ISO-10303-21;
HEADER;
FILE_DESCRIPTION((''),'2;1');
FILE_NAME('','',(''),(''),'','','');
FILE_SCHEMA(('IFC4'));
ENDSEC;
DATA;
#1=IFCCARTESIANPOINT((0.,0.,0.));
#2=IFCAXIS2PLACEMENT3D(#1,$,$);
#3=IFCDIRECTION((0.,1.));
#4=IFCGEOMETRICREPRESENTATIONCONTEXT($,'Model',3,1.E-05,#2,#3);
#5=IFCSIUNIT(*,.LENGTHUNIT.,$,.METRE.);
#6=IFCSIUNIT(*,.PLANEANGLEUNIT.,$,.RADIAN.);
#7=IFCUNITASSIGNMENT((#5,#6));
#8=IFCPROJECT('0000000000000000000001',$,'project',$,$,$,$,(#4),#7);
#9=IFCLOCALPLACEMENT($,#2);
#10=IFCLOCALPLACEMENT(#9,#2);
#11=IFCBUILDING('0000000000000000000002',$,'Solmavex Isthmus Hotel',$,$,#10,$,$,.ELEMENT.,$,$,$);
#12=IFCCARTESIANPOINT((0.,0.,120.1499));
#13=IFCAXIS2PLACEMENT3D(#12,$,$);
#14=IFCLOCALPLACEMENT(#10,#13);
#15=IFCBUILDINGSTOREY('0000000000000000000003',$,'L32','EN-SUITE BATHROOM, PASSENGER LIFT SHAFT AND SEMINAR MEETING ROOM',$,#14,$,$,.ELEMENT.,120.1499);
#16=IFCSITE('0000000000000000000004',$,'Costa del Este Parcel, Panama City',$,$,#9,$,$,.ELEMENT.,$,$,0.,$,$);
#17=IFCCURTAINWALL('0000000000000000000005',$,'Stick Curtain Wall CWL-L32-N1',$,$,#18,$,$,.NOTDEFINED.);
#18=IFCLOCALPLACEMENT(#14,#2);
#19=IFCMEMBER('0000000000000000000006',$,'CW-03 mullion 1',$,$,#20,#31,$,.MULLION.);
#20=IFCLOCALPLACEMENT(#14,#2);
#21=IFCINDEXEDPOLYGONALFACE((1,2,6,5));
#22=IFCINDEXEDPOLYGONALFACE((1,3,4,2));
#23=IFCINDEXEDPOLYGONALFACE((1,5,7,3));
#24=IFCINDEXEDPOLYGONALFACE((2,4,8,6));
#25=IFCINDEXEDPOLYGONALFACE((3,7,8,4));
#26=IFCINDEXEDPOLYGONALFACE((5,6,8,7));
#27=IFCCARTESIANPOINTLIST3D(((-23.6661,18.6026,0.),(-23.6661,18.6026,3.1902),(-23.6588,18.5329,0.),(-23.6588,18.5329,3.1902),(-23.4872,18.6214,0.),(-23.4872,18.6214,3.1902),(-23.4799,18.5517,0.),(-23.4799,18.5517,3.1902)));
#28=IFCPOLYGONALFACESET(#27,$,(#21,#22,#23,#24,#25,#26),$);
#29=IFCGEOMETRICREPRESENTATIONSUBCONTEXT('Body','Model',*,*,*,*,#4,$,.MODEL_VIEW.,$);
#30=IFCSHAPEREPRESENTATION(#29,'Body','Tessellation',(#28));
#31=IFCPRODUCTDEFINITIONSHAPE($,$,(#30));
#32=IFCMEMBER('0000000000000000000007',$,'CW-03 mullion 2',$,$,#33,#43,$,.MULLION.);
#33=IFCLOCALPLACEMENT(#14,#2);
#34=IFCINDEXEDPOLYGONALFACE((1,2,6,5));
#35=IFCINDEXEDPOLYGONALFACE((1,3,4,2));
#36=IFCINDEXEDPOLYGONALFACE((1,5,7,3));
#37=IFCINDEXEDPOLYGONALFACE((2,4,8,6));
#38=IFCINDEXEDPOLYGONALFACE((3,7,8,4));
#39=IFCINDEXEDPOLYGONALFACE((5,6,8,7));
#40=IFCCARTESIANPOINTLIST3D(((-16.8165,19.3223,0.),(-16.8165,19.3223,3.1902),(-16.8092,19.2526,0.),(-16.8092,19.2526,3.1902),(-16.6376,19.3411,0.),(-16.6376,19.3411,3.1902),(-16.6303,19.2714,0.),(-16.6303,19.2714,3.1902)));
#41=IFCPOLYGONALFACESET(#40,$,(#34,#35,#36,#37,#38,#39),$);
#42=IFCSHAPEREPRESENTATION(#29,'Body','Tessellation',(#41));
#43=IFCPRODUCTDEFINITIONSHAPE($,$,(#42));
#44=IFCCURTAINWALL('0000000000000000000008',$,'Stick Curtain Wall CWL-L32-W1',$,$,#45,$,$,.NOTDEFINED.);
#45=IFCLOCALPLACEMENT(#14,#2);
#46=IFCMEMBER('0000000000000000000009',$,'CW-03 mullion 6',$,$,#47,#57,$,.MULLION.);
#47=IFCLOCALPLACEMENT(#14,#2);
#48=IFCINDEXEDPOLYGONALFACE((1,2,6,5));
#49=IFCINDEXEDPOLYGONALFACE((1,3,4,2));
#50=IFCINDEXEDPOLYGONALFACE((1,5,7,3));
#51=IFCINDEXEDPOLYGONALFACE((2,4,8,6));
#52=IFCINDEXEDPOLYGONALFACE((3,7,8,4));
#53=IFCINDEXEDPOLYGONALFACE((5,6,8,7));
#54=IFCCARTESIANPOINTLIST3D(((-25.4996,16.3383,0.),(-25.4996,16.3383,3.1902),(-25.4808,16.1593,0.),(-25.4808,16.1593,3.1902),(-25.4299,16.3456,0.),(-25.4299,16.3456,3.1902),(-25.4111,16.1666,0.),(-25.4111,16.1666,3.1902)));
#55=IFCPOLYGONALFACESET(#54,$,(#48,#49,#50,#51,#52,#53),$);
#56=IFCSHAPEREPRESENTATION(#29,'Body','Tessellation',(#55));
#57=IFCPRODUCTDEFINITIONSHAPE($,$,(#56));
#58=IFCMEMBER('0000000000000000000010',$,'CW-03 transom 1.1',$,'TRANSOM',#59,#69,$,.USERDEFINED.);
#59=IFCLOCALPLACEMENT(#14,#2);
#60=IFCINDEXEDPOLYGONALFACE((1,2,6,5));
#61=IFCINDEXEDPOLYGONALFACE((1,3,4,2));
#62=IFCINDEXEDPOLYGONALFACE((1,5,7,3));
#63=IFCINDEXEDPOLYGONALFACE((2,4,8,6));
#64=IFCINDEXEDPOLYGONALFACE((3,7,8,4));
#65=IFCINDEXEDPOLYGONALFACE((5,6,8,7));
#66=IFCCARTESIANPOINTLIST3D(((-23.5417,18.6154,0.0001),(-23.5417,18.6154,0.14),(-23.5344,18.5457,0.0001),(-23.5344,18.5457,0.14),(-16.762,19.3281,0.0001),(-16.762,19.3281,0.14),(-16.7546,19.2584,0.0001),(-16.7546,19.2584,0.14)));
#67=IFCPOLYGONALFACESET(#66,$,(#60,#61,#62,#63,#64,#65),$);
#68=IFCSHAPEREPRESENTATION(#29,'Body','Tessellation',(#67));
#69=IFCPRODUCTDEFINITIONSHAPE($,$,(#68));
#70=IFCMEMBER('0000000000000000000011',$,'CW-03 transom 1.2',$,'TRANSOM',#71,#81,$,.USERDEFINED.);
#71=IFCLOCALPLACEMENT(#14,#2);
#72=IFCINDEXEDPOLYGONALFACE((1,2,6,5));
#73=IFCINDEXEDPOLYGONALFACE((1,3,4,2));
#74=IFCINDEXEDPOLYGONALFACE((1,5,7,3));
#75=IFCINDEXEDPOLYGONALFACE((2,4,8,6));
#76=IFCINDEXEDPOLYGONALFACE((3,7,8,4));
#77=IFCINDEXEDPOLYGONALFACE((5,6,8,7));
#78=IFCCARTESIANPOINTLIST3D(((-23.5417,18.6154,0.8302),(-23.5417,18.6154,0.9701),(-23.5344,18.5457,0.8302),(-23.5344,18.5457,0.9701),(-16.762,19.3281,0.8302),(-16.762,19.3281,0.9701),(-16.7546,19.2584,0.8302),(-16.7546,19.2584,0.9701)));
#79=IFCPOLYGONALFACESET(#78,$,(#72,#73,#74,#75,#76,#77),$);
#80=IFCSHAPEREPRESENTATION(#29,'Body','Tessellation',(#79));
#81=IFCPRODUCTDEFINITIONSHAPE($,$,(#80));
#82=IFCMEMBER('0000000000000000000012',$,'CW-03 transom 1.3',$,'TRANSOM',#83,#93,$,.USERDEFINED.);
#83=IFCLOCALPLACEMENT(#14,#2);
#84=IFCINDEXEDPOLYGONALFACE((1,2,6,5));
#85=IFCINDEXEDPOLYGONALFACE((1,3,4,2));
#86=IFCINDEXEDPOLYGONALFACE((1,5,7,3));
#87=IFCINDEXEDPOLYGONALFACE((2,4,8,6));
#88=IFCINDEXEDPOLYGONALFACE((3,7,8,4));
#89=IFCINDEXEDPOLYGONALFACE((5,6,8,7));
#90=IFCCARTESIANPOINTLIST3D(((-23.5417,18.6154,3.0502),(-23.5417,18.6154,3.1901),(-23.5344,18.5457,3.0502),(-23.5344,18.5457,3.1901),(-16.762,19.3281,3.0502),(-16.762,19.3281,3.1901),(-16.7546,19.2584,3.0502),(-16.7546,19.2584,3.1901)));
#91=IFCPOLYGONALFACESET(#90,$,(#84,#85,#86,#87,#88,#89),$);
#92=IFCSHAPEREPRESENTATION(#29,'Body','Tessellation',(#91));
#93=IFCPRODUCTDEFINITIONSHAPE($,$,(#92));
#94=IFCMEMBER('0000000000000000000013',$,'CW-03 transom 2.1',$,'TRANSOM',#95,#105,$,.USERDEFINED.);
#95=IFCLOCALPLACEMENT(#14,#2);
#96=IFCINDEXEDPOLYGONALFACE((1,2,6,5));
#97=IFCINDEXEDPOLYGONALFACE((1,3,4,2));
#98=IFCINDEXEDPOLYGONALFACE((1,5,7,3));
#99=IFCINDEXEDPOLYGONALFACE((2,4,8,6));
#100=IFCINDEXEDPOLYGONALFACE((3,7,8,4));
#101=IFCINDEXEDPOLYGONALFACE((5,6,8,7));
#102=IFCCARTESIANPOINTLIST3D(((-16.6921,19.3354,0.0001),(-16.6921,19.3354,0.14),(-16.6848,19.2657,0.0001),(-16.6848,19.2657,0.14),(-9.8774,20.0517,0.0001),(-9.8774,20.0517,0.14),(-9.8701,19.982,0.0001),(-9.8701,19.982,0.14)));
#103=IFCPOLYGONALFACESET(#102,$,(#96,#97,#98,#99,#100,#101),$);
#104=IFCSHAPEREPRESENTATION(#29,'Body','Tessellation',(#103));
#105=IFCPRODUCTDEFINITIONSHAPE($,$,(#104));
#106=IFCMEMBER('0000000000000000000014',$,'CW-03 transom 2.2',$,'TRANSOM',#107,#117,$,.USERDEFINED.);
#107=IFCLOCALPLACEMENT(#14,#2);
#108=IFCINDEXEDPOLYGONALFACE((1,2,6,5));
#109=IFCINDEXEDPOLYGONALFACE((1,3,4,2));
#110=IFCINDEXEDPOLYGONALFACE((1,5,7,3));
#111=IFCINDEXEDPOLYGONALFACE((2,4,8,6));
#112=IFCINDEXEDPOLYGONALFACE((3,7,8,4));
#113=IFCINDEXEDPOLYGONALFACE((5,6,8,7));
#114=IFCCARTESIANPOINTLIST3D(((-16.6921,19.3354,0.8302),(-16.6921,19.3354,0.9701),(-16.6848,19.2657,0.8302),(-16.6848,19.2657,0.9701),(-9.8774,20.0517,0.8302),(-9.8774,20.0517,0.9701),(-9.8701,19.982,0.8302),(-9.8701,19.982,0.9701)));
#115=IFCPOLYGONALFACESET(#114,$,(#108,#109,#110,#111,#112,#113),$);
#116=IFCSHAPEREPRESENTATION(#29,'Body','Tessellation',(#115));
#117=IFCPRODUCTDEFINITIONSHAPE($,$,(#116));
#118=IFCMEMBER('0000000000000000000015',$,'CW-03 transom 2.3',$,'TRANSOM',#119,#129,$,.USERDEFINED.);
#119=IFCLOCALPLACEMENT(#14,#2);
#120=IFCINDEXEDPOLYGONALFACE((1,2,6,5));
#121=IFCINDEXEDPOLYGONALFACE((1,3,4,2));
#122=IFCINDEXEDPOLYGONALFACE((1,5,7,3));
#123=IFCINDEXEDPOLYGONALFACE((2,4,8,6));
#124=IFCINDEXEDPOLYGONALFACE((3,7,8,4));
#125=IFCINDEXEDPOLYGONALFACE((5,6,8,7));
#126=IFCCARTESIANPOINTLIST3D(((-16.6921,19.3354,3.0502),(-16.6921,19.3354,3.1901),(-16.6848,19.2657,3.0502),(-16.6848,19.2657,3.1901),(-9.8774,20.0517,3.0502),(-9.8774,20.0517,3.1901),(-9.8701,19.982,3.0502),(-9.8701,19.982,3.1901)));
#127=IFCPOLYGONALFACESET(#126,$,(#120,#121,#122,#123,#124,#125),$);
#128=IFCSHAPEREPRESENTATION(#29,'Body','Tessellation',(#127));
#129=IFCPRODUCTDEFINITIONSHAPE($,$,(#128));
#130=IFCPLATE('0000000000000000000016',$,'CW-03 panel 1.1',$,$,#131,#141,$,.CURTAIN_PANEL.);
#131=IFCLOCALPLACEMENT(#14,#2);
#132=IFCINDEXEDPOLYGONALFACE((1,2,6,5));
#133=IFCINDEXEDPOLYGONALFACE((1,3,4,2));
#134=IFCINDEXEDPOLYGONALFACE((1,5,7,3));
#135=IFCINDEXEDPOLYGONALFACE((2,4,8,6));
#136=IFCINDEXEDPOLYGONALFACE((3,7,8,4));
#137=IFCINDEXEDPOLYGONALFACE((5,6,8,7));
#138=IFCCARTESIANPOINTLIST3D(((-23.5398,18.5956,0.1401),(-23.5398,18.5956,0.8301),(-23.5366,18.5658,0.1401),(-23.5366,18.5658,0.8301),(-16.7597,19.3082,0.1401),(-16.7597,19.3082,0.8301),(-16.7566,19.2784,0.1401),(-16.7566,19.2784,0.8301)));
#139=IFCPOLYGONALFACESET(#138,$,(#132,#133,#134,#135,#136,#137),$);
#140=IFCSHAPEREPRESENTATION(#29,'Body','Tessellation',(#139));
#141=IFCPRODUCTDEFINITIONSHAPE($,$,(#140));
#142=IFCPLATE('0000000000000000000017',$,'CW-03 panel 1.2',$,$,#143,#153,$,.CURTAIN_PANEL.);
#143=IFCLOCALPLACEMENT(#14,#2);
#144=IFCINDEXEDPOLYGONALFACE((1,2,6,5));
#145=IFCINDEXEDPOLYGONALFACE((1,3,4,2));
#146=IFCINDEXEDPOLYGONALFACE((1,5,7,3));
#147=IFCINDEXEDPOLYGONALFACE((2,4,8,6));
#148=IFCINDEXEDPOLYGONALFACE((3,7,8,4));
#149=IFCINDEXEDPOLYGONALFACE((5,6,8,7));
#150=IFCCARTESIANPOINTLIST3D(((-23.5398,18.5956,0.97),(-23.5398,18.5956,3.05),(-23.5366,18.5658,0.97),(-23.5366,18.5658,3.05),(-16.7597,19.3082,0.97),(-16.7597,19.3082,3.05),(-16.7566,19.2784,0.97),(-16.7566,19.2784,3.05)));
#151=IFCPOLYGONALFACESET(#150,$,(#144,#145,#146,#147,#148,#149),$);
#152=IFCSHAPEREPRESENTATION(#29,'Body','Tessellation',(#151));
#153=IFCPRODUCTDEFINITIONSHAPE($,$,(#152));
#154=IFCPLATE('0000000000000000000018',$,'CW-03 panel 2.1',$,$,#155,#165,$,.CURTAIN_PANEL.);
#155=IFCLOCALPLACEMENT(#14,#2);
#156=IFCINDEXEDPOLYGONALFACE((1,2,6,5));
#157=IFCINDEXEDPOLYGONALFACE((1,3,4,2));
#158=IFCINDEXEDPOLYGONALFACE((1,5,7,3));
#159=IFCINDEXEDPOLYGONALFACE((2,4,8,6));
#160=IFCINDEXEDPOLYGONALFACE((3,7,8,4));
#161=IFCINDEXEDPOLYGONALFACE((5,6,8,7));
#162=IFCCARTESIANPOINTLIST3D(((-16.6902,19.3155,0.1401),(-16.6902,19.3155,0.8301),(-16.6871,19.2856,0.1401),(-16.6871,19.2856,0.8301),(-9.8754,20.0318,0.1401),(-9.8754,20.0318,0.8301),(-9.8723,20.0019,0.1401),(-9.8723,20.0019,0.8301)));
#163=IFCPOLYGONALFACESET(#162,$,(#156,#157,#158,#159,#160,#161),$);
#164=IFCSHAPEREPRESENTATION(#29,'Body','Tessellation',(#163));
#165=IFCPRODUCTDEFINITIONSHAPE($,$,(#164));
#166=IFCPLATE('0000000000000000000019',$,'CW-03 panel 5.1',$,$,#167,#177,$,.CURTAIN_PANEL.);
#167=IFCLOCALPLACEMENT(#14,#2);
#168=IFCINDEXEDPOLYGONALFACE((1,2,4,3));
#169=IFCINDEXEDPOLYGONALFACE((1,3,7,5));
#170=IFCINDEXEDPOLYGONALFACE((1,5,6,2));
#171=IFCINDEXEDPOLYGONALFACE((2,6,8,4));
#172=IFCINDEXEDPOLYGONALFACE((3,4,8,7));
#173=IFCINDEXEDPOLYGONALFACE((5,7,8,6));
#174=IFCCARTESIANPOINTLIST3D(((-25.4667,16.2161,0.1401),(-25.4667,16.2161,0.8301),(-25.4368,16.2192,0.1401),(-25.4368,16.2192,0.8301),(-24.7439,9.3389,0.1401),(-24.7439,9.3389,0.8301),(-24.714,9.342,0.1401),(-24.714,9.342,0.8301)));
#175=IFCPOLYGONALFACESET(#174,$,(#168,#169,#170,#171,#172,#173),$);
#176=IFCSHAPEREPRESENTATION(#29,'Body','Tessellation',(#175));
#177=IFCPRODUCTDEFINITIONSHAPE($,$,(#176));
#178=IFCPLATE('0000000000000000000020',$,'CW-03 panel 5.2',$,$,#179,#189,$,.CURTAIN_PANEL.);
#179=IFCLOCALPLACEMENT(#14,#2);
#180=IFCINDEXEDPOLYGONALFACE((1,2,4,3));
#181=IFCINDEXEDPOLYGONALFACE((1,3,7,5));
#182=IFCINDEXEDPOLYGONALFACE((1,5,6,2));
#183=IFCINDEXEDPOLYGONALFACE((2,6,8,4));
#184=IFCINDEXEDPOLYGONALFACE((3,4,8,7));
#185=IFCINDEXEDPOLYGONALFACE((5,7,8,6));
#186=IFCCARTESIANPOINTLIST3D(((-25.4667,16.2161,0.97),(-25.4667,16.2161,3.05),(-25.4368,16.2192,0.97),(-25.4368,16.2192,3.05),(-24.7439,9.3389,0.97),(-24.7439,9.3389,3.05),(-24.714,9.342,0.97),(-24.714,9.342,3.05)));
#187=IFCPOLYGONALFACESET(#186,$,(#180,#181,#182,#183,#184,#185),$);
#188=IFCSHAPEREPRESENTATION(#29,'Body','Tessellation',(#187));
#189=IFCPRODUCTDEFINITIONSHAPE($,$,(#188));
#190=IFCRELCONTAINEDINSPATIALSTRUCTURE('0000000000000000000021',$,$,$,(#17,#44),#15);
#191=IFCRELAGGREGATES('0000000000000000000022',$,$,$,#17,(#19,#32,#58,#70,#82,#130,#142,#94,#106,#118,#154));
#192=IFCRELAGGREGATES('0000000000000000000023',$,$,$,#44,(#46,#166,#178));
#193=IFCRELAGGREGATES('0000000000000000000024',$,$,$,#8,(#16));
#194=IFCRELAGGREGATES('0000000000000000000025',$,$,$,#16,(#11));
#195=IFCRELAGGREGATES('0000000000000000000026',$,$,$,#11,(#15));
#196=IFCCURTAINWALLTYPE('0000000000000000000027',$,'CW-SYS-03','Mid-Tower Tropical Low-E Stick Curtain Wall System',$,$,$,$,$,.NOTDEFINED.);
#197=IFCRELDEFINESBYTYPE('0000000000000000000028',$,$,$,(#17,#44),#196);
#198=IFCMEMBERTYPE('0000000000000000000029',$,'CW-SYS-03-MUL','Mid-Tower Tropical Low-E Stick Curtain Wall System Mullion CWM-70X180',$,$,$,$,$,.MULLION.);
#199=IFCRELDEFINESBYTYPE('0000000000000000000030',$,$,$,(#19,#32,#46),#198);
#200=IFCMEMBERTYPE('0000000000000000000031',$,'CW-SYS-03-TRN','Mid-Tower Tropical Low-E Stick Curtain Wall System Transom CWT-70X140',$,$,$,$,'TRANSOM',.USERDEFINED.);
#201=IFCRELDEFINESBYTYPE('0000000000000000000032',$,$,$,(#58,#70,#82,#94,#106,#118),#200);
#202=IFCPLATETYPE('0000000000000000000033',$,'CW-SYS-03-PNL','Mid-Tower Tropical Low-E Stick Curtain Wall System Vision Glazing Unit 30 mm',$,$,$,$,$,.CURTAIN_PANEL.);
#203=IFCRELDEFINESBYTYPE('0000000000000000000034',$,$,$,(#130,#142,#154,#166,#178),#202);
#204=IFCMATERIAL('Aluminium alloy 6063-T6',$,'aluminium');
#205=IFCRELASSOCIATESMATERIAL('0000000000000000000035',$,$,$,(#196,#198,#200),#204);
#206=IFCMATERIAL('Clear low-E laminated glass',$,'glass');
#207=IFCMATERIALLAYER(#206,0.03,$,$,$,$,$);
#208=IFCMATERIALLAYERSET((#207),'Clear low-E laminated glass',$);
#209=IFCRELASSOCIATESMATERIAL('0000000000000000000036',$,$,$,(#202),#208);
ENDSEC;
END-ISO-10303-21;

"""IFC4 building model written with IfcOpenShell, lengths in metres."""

from ifc_helpers import new_model, si_unit, direction, frame, origin, origin_2d, place, context, subcontext, project, spatial, rectangle, extrude, material, layer, layer_set, material_profile, profile_set, type_object, element, aggregate, save


model = new_model("IFC4")

# Units and contexts
model_context = context("Model", 3, precision=1e-05, world=origin(), true_north=direction((0.0, 1.0)))
body_context = subcontext(model_context, "Body", "Model", "MODEL_VIEW")
ifc_project = project(units=[si_unit("LENGTHUNIT", "METRE"), si_unit("PLANEANGLEUNIT", "RADIAN")], contexts=[model_context])

# Site, building, storey
site_placement = place(None, origin())
site = spatial("IfcSite", under=ifc_project, at=site_placement, Name="Costa del Este Parcel, Panama City", CompositionType="ELEMENT", RefElevation=0.0)
building_placement = place(site_placement, origin())
building = spatial("IfcBuilding", under=site, at=building_placement, Name="Solmavex Isthmus Hotel", CompositionType="ELEMENT")
storey_placement = place(building_placement, frame((0.0, 0.0, 120.1499)))
storey = spatial("IfcBuildingStorey", under=building, at=storey_placement, Name="L32", Description="EN-SUITE BATHROOM, PASSENGER LIFT SHAFT AND SEMINAR MEETING ROOM", CompositionType="ELEMENT", Elevation=120.1499)

# Curtain wall, members
ifc_material_1 = material(Name="Aluminium alloy 6063-T6", Category="aluminium")
curtain_wall_type = type_object("IfcCurtainWallType", Name="CW-SYS-03", Description="Mid-Tower Tropical Low-E Stick Curtain Wall System", PredefinedType="NOTDEFINED", material=ifc_material_1)
curtain_wall_1_placement = place(storey_placement, origin())
curtain_wall_1 = element("IfcCurtainWall", 1, at=curtain_wall_1_placement, inside=storey, type_object=curtain_wall_type, Name="Stick Curtain Wall CWL-L32-N1", PredefinedType="NOTDEFINED")
ifc_material_profile_1 = material_profile(ifc_material_1, rectangle(XDim=0.0701, YDim=0.1799, at=origin_2d()), Name="CWM-70X180")
ifc_profile_set_1 = profile_set([ifc_material_profile_1], Name="Aluminium alloy 6063-T6")
member_type_1 = type_object("IfcMemberType", Name="CW-SYS-03-MUL", Description="Mid-Tower Tropical Low-E Stick Curtain Wall System Mullion CWM-70X180", PredefinedType="MULLION", material=ifc_profile_set_1)
member_1_placement = place(storey_placement, frame((-23.573, 18.5771, 0.0), z_axis=(0.0, 0.0, 1.0), x_axis=(-0.104528, 0.994522, 0.0)))
member_1 = element("IfcMember", 2, at=member_1_placement, type_object=member_type_1, Name="CW-03 mullion 1", PredefinedType="MULLION", context=body_context, shape_type="SweptSolid", body=[
    extrude(rectangle(XDim=0.0701, YDim=0.1799, at=origin_2d()), origin(), (0.0, 0.0, 1.0), 3.1902),
])
member_2_placement = place(storey_placement, frame((-16.7234, 19.2969, 0.0), z_axis=(0.0, 0.0, 1.0), x_axis=(-0.104528, 0.994522, 0.0)))
member_2 = element("IfcMember", 3, at=member_2_placement, type_object=member_type_1, Name="CW-03 mullion 2", PredefinedType="MULLION", context=body_context, shape_type="SweptSolid", body=[
    extrude(rectangle(XDim=0.0701, YDim=0.1799, at=origin_2d()), origin(), (0.0, 0.0, 1.0), 3.1902),
])

# Curtain wall, member
curtain_wall_2_placement = place(storey_placement, origin())
curtain_wall_2 = element("IfcCurtainWall", 4, at=curtain_wall_2_placement, inside=storey, type_object=curtain_wall_type, Name="Stick Curtain Wall CWL-L32-W1", PredefinedType="NOTDEFINED")
member_3_placement = place(storey_placement, frame((-25.4553, 16.2524, 0.0), z_axis=(0.0, 0.0, 1.0), x_axis=(-0.994522, -0.104528, 0.0)))
member_3 = element("IfcMember", 5, at=member_3_placement, type_object=member_type_1, Name="CW-03 mullion 6", PredefinedType="MULLION", context=body_context, shape_type="SweptSolid", body=[
    extrude(rectangle(XDim=0.0701, YDim=0.1799, at=origin_2d()), origin(), (0.0, 0.0, 1.0), 3.1902),
])

# Members
ifc_material_profile_2 = material_profile(ifc_material_1, rectangle(XDim=0.0701, YDim=0.1399, at=origin_2d()), Name="CWT-70X140")
ifc_profile_set_2 = profile_set([ifc_material_profile_2], Name="Aluminium alloy 6063-T6")
member_type_2 = type_object("IfcMemberType", Name="CW-SYS-03-TRN", Description="Mid-Tower Tropical Low-E Stick Curtain Wall System Transom CWT-70X140", ElementType="TRANSOM", PredefinedType="USERDEFINED", material=ifc_profile_set_2)
member_4_placement = place(storey_placement, frame((-23.5381, 18.5806, 0.0701), z_axis=(0.994521, 0.104538, 0.0), x_axis=(-0.104538, 0.994521, 0.0)))
member_4 = element("IfcMember", 6, at=member_4_placement, type_object=member_type_2, Name="CW-03 transom 1.1", ObjectType="TRANSOM", PredefinedType="USERDEFINED", context=body_context, shape_type="SweptSolid", body=[
    extrude(rectangle(XDim=0.0701, YDim=0.1399, at=origin_2d()), origin(), (0.0, 0.0, 1.0), 6.8171),
])
member_5_placement = place(storey_placement, frame((-23.5381, 18.5806, 0.9001), z_axis=(0.994521, 0.104538, 0.0), x_axis=(-0.104538, 0.994521, 0.0)))
member_5 = element("IfcMember", 7, at=member_5_placement, type_object=member_type_2, Name="CW-03 transom 1.2", ObjectType="TRANSOM", PredefinedType="USERDEFINED", context=body_context, shape_type="SweptSolid", body=[
    extrude(rectangle(XDim=0.0701, YDim=0.1399, at=origin_2d()), origin(), (0.0, 0.0, 1.0), 6.8171),
])
member_6_placement = place(storey_placement, frame((-23.5381, 18.5806, 3.1201), z_axis=(0.994521, 0.104538, 0.0), x_axis=(-0.104538, 0.994521, 0.0)))
member_6 = element("IfcMember", 8, at=member_6_placement, type_object=member_type_2, Name="CW-03 transom 1.3", ObjectType="TRANSOM", PredefinedType="USERDEFINED", context=body_context, shape_type="SweptSolid", body=[
    extrude(rectangle(XDim=0.0701, YDim=0.1399, at=origin_2d()), origin(), (0.0, 0.0, 1.0), 6.8171),
])
member_7_placement = place(storey_placement, frame((-16.6885, 19.3005, 0.0701), z_axis=(0.994521, 0.104536, 0.0), x_axis=(-0.104536, 0.994521, 0.0)))
member_7 = element("IfcMember", 9, at=member_7_placement, type_object=member_type_2, Name="CW-03 transom 2.1", ObjectType="TRANSOM", PredefinedType="USERDEFINED", context=body_context, shape_type="SweptSolid", body=[
    extrude(rectangle(XDim=0.0701, YDim=0.1399, at=origin_2d()), origin(), (0.0, 0.0, 1.0), 6.8523),
])
member_8_placement = place(storey_placement, frame((-16.6885, 19.3005, 0.9001), z_axis=(0.994521, 0.104536, 0.0), x_axis=(-0.104536, 0.994521, 0.0)))
member_8 = element("IfcMember", 10, at=member_8_placement, type_object=member_type_2, Name="CW-03 transom 2.2", ObjectType="TRANSOM", PredefinedType="USERDEFINED", context=body_context, shape_type="SweptSolid", body=[
    extrude(rectangle(XDim=0.0701, YDim=0.1399, at=origin_2d()), origin(), (0.0, 0.0, 1.0), 6.8523),
])
member_9_placement = place(storey_placement, frame((-16.6885, 19.3005, 3.1201), z_axis=(0.994521, 0.104536, 0.0), x_axis=(-0.104536, 0.994521, 0.0)))
member_9 = element("IfcMember", 11, at=member_9_placement, type_object=member_type_2, Name="CW-03 transom 2.3", ObjectType="TRANSOM", PredefinedType="USERDEFINED", context=body_context, shape_type="SweptSolid", body=[
    extrude(rectangle(XDim=0.0701, YDim=0.1399, at=origin_2d()), origin(), (0.0, 0.0, 1.0), 6.8523),
])

# Plates
ifc_material_2 = material(Name="Clear low-E laminated glass", Category="glass")
ifc_layer_1 = layer(ifc_material_2, 0.03)
ifc_layer_set_1 = layer_set([ifc_layer_1], Name="Clear low-E laminated glass")
plate_type = type_object("IfcPlateType", Name="CW-SYS-03-PNL", Description="Mid-Tower Tropical Low-E Stick Curtain Wall System Vision Glazing Unit 30 mm", PredefinedType="CURTAIN_PANEL", material=ifc_layer_set_1)
plate_1_placement = place(storey_placement, frame((-20.1482, 18.937, 0.1401), z_axis=(0.0, 0.0, 1.0), x_axis=(0.994522, 0.104528, 0.0)))
plate_1 = element("IfcPlate", 12, at=plate_1_placement, type_object=plate_type, Name="CW-03 panel 1.1", PredefinedType="CURTAIN_PANEL", context=body_context, shape_type="SweptSolid", body=[
    extrude(rectangle(XDim=6.8174, YDim=0.03, at=origin_2d()), origin(), (0.0, 0.0, 1.0), 0.6899),
])
plate_2_placement = place(storey_placement, frame((-20.1482, 18.937, 0.97), z_axis=(0.0, 0.0, 1.0), x_axis=(0.994522, 0.104528, 0.0)))
plate_2 = element("IfcPlate", 13, at=plate_2_placement, type_object=plate_type, Name="CW-03 panel 1.2", PredefinedType="CURTAIN_PANEL", context=body_context, shape_type="SweptSolid", body=[
    extrude(rectangle(XDim=6.8174, YDim=0.03, at=origin_2d()), origin(), (0.0, 0.0, 1.0), 2.0801),
])
plate_3_placement = place(storey_placement, frame((-13.2812, 19.6587, 0.1401), z_axis=(0.0, 0.0, 1.0), x_axis=(0.994522, 0.104528, 0.0)))
plate_3 = element("IfcPlate", 14, at=plate_3_placement, type_object=plate_type, Name="CW-03 panel 2.1", PredefinedType="CURTAIN_PANEL", context=body_context, shape_type="SweptSolid", body=[
    extrude(rectangle(XDim=6.8523, YDim=0.03, at=origin_2d()), origin(), (0.0, 0.0, 1.0), 0.6899),
])
aggregate(curtain_wall_1, [member_1, member_2, member_4, member_5, member_6, plate_1, plate_2, member_7, member_8, member_9, plate_3])
plate_4_placement = place(storey_placement, frame((-25.0903, 12.7791, 0.1401), z_axis=(0.0, 0.0, 1.0), x_axis=(-0.104528, 0.994522, 0.0)))
plate_4 = element("IfcPlate", 15, at=plate_4_placement, type_object=plate_type, Name="CW-03 panel 5.1", PredefinedType="CURTAIN_PANEL", context=body_context, shape_type="SweptSolid", body=[
    extrude(rectangle(XDim=6.915, YDim=0.03, at=origin_2d()), origin(), (0.0, 0.0, 1.0), 0.6899),
])
plate_5_placement = place(storey_placement, frame((-25.0903, 12.7791, 0.97), z_axis=(0.0, 0.0, 1.0), x_axis=(-0.104528, 0.994522, 0.0)))
plate_5 = element("IfcPlate", 16, at=plate_5_placement, type_object=plate_type, Name="CW-03 panel 5.2", PredefinedType="CURTAIN_PANEL", context=body_context, shape_type="SweptSolid", body=[
    extrude(rectangle(XDim=6.915, YDim=0.03, at=origin_2d()), origin(), (0.0, 0.0, 1.0), 2.0801),
])
aggregate(curtain_wall_2, [member_3, plate_4, plate_5])

save(model, "model.ifc")
